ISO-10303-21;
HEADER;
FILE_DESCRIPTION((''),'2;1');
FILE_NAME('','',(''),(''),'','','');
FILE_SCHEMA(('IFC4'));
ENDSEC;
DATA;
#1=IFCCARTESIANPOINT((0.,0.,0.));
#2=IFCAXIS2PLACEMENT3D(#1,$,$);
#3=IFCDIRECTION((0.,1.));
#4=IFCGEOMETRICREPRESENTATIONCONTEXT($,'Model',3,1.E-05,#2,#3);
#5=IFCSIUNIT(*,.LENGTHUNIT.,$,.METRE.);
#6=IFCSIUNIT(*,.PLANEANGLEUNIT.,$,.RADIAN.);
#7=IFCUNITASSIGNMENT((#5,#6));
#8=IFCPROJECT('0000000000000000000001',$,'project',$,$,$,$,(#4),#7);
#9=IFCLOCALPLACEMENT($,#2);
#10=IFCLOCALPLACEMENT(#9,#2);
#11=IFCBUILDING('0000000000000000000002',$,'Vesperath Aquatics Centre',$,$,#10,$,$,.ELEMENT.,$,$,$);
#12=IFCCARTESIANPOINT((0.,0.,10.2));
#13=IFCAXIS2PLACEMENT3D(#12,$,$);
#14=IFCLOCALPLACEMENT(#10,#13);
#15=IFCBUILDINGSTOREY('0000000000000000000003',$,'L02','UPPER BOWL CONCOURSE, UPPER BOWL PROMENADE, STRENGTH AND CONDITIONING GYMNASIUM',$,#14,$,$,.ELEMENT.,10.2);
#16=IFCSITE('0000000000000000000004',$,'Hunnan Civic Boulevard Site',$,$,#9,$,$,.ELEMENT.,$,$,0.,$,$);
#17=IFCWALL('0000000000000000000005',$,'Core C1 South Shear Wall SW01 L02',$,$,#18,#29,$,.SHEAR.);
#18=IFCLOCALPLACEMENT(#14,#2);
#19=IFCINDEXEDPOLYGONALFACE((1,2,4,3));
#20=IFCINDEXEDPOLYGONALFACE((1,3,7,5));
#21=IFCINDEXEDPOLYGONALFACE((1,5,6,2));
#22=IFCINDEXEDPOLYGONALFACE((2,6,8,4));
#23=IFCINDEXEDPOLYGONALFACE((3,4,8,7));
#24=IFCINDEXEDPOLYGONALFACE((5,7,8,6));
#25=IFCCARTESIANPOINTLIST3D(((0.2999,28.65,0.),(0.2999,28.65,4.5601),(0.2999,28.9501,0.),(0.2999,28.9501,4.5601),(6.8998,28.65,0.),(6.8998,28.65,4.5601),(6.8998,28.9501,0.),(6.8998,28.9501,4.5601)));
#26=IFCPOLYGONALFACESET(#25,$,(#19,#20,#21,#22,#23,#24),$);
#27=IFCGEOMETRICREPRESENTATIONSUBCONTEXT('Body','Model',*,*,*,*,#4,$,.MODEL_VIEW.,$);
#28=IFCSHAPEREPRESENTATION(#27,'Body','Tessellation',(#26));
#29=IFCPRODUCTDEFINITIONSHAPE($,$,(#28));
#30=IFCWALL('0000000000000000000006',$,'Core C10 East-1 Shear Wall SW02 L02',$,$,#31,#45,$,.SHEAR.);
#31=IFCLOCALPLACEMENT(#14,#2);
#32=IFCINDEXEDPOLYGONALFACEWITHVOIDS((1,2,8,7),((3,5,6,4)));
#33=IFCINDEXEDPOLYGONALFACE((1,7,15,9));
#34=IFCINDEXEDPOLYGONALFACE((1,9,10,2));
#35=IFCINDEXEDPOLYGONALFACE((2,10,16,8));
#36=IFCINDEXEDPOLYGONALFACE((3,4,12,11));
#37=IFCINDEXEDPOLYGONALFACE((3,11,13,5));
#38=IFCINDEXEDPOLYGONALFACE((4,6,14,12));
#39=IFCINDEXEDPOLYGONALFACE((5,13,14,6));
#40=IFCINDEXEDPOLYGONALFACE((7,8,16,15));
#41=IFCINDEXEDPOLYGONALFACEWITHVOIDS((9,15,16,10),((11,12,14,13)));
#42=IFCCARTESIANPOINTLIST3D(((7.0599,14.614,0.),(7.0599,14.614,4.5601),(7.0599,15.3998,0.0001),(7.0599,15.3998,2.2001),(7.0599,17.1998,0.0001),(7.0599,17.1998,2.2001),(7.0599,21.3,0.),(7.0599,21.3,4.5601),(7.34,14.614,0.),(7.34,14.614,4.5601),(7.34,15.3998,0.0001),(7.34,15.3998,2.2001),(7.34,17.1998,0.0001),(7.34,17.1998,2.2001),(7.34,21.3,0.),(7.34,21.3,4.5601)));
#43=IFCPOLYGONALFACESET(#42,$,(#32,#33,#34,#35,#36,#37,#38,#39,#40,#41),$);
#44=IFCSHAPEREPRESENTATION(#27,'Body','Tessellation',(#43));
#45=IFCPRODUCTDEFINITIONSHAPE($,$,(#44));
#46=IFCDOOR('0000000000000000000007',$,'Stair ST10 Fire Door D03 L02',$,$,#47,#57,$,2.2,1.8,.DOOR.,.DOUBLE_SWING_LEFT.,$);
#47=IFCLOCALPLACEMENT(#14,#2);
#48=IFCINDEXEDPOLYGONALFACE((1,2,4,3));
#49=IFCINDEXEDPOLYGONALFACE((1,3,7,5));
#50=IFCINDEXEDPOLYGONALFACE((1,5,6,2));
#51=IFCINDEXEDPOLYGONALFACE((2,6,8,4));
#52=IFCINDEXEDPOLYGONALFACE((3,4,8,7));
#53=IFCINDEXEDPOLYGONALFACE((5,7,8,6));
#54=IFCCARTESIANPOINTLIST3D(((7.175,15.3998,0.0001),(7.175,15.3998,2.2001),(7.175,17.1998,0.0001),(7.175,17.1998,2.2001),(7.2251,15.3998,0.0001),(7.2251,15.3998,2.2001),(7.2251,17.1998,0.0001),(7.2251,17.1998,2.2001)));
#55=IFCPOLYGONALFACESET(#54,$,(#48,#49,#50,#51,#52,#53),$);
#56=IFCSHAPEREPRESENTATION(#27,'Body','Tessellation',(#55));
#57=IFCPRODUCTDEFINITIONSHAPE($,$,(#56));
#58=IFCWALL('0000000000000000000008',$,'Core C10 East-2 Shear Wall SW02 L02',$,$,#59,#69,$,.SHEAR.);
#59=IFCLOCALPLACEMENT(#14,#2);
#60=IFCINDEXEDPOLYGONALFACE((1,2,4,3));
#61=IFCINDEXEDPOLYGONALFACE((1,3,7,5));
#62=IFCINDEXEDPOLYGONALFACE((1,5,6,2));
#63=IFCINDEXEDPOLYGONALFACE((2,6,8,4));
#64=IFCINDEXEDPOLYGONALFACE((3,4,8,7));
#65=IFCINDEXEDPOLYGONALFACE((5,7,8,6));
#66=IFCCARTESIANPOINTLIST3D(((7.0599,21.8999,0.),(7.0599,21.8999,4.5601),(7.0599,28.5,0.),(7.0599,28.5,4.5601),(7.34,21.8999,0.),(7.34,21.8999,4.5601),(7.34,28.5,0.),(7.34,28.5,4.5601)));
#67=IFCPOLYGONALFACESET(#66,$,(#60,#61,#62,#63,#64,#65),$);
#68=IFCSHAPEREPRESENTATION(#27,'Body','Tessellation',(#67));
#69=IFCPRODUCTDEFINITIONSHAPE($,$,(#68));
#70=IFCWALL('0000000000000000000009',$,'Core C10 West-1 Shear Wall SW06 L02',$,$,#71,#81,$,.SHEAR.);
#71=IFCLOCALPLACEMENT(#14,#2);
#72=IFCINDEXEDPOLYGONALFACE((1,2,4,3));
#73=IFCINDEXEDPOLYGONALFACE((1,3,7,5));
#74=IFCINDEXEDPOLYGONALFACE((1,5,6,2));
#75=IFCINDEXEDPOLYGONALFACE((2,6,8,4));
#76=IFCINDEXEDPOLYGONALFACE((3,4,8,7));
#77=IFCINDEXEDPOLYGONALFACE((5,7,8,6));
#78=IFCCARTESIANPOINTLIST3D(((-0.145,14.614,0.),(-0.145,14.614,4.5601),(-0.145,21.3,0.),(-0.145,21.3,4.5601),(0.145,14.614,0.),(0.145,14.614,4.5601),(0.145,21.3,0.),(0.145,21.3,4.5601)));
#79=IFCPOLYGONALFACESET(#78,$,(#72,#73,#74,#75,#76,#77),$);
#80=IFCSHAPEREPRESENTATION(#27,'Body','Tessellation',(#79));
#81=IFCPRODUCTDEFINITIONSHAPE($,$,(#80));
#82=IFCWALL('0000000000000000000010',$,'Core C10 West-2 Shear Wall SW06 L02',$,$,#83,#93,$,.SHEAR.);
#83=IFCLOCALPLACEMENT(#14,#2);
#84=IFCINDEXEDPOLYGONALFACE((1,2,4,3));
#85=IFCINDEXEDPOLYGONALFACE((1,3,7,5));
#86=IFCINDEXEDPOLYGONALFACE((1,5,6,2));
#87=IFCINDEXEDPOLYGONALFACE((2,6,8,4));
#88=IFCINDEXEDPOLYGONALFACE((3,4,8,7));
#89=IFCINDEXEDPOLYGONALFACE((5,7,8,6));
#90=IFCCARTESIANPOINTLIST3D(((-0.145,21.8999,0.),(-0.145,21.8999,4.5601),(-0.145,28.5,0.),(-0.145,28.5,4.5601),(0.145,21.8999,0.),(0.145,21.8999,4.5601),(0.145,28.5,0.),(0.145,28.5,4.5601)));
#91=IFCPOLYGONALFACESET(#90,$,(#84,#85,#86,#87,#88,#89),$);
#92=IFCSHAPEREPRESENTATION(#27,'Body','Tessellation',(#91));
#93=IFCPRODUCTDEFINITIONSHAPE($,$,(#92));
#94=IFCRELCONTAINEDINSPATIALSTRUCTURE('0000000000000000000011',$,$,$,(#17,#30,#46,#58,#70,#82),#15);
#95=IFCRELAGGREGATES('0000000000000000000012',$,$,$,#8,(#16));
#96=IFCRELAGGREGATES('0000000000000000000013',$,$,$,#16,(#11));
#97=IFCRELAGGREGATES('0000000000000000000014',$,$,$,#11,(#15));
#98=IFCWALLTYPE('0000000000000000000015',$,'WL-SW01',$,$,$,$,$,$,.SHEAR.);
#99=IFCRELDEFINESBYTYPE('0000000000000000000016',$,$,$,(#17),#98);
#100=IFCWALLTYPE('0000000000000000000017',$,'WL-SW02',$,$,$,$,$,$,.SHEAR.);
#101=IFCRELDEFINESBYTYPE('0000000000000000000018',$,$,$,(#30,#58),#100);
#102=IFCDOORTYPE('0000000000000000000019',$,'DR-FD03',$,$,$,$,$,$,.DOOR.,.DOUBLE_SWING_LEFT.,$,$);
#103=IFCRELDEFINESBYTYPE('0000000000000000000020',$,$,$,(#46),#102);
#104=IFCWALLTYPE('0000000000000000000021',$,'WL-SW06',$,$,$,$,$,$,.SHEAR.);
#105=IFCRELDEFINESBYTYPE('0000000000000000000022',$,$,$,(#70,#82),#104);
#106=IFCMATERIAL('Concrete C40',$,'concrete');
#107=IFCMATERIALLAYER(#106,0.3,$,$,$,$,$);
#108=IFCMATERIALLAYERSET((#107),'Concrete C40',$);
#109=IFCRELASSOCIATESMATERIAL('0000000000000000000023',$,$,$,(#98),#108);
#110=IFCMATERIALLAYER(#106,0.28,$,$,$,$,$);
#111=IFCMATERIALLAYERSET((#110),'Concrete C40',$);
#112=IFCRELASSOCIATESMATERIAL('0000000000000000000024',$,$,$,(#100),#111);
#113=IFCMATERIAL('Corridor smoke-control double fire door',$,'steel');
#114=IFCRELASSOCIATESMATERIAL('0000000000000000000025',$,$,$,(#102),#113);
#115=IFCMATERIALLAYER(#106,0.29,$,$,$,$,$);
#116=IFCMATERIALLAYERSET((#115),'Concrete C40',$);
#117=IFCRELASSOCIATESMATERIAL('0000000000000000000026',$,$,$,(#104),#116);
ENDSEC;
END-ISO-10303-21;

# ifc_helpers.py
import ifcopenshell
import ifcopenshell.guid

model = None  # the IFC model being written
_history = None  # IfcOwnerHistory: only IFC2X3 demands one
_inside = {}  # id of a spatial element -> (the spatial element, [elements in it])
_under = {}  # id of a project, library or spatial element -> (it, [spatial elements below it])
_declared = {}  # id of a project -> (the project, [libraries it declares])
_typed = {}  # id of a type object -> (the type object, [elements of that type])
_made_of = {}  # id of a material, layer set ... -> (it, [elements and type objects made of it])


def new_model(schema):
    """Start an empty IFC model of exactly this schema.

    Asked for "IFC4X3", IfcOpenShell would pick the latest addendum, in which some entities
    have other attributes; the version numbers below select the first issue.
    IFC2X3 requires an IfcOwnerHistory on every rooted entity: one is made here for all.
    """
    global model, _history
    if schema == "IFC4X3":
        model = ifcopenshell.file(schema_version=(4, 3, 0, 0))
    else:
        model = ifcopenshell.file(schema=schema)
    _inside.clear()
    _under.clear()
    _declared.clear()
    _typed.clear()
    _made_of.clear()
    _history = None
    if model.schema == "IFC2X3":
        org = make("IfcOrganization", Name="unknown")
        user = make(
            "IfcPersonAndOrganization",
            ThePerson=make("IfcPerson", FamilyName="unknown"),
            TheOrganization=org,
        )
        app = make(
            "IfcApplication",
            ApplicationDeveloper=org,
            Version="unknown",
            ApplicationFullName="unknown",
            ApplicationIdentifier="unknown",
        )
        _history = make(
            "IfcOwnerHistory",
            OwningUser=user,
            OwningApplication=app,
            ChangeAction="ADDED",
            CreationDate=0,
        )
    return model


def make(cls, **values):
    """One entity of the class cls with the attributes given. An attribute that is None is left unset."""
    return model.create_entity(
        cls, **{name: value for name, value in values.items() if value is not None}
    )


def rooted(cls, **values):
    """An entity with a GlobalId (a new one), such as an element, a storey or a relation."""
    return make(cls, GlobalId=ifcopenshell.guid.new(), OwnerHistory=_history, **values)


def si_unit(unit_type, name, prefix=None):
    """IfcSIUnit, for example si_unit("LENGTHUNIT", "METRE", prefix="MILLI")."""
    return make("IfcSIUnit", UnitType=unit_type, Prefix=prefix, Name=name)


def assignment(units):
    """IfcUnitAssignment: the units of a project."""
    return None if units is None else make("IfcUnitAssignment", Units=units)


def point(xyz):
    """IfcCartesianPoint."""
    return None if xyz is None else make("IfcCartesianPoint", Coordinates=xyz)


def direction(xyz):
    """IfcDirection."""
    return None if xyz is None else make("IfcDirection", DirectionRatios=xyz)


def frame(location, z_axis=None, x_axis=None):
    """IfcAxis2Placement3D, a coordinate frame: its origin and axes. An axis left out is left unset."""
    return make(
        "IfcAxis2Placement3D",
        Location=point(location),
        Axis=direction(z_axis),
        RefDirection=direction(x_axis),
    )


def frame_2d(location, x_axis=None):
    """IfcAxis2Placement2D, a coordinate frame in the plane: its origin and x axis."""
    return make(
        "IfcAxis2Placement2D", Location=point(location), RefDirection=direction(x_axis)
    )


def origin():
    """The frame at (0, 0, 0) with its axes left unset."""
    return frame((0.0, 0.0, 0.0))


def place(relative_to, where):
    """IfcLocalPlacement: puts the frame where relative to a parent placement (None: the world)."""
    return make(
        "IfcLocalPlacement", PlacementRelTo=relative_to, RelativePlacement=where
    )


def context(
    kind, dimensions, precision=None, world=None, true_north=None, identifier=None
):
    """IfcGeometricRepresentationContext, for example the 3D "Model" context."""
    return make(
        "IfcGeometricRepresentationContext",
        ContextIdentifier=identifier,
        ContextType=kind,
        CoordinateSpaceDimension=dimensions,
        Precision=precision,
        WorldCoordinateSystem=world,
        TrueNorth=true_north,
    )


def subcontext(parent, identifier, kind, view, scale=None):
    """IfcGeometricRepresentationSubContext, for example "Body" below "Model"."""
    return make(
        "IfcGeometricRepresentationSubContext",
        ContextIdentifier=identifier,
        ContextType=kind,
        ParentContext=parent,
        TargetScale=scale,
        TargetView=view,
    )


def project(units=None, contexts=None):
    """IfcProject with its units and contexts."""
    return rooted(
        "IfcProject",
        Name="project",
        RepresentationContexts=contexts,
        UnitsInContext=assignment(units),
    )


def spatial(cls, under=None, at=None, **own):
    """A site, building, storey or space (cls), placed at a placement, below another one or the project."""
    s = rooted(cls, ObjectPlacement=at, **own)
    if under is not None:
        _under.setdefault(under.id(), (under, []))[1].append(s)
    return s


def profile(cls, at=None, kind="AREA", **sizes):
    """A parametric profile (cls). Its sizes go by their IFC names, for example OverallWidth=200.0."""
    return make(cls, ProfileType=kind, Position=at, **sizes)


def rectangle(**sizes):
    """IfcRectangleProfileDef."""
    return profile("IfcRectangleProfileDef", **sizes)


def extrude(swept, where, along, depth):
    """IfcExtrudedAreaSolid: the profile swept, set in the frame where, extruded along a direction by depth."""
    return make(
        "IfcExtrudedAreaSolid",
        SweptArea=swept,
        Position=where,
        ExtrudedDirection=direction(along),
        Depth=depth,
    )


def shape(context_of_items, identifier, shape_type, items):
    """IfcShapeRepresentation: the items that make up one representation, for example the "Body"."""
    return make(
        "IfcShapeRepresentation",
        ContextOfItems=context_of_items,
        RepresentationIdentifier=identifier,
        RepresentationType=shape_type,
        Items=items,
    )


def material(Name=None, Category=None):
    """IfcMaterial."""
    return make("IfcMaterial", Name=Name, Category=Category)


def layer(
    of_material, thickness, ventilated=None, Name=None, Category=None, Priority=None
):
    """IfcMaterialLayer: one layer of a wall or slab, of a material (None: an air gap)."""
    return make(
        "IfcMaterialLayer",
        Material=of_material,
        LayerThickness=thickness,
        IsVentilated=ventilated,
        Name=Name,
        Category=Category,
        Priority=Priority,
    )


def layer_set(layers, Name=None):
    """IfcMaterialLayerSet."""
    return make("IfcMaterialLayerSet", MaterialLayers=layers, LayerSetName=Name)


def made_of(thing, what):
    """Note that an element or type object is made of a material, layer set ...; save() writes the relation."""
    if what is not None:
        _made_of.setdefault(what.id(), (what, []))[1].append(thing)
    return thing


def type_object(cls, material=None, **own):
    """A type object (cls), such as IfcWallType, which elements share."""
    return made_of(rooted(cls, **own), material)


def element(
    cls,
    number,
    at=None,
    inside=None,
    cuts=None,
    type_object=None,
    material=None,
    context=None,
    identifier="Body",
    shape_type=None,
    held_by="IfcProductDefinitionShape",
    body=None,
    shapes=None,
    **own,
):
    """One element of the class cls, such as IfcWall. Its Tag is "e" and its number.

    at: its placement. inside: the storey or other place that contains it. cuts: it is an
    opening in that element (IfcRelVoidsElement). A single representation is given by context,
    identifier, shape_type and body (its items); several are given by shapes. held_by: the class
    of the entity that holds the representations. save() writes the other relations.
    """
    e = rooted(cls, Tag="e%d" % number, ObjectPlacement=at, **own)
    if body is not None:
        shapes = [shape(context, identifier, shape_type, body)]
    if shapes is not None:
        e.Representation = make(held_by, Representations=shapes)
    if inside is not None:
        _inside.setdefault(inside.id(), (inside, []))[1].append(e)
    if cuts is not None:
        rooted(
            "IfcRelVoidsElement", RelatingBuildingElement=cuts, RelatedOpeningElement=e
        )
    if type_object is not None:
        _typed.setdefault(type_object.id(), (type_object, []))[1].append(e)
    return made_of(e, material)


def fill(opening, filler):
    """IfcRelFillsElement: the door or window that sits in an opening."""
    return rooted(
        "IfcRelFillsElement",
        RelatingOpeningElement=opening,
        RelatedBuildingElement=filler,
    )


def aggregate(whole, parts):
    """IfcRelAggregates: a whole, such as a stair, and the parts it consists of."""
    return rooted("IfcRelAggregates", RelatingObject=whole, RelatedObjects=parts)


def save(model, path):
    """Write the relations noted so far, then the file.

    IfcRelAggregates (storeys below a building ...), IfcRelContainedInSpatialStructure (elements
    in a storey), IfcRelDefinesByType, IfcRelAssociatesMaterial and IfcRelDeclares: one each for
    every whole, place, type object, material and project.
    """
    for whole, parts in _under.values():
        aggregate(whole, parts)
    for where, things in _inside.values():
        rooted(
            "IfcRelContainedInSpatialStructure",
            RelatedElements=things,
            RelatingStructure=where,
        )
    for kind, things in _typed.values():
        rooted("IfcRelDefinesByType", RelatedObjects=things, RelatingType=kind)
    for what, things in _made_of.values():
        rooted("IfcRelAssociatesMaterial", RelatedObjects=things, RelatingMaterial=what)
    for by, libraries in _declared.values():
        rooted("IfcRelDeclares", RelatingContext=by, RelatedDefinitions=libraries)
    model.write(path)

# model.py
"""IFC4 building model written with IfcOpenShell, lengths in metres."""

from ifc_helpers import new_model, si_unit, direction, frame, frame_2d, origin, place, context, subcontext, project, spatial, rectangle, extrude, material, layer, layer_set, type_object, element, fill, save


model = new_model("IFC4")

# Units and contexts
model_context = context("Model", 3, precision=1e-05, world=origin(), true_north=direction((0.0, 1.0)))
body_context = subcontext(model_context, "Body", "Model", "MODEL_VIEW")
ifc_project = project(units=[si_unit("LENGTHUNIT", "METRE"), si_unit("PLANEANGLEUNIT", "RADIAN")], contexts=[model_context])

# Site, building, storey
site_placement = place(None, origin())
site = spatial("IfcSite", under=ifc_project, at=site_placement, Name="Hunnan Civic Boulevard Site", CompositionType="ELEMENT", RefElevation=0.0)
building_placement = place(site_placement, origin())
building = spatial("IfcBuilding", under=site, at=building_placement, Name="Vesperath Aquatics Centre", CompositionType="ELEMENT")
storey_placement = place(building_placement, frame((0.0, 0.0, 10.2)))
storey = spatial("IfcBuildingStorey", under=building, at=storey_placement, Name="L02", Description="UPPER BOWL CONCOURSE, UPPER BOWL PROMENADE, STRENGTH AND CONDITIONING GYMNASIUM", CompositionType="ELEMENT", Elevation=10.2)

# Shared definitions
ifc_material_1 = material(Name="Concrete C40", Category="concrete")

# Wall
ifc_layer_1 = layer(ifc_material_1, 0.3)
ifc_layer_set_1 = layer_set([ifc_layer_1], Name="Concrete C40")
wall_type_1 = type_object("IfcWallType", Name="WL-SW01", PredefinedType="SHEAR", material=ifc_layer_set_1)
wall_1_placement = place(storey_placement, frame((0.3, 28.8, 0.0), z_axis=(0.0, 0.0, 1.0), x_axis=(1.0, 0.0, 0.0)))
element("IfcWall", 1, at=wall_1_placement, inside=storey, type_object=wall_type_1, Name="Core C1 South Shear Wall SW01 L02", PredefinedType="SHEAR", context=body_context, shape_type="SweptSolid", body=[
    extrude(rectangle(XDim=6.5999, YDim=0.3, at=frame_2d((3.2998, 0.0))), origin(), (0.0, 0.0, 1.0), 4.5601),
])

# Wall, opening, door
ifc_layer_2 = layer(ifc_material_1, 0.28)
ifc_layer_set_2 = layer_set([ifc_layer_2], Name="Concrete C40")
wall_type_2 = type_object("IfcWallType", Name="WL-SW02", PredefinedType="SHEAR", material=ifc_layer_set_2)
wall_2_placement = place(storey_placement, frame((7.2, 14.614, 0.0), z_axis=(0.0, 0.0, 1.0), x_axis=(0.0, 1.0, 0.0)))
wall_2 = element("IfcWall", 2, at=wall_2_placement, inside=storey, type_object=wall_type_2, Name="Core C10 East-1 Shear Wall SW02 L02", PredefinedType="SHEAR", context=body_context, shape_type="SweptSolid", body=[
    extrude(rectangle(XDim=6.686, YDim=0.28, at=frame_2d((3.343, 0.0))), origin(), (0.0, 0.0, 1.0), 4.5601),
])
opening_placement = place(wall_2_placement, frame((0.7859, 0.0, 0.0)))
opening = element("IfcOpeningElement", 3, at=opening_placement, cuts=wall_2, PredefinedType="OPENING", context=body_context, shape_type="SweptSolid", body=[
    extrude(rectangle(XDim=1.8, YDim=2.2, at=frame_2d((0.8999, 1.1001))), frame((0.0, 0.1548, 0.0), z_axis=(0.0, -1.0, 0.0), x_axis=(1.0, 0.0, 0.0)), (0.0, 0.0, 1.0), 0.3098),
])
ifc_material_2 = material(Name="Corridor smoke-control double fire door", Category="steel")
door_type = type_object("IfcDoorType", Name="DR-FD03", OperationType="DOUBLE_SWING_LEFT", PredefinedType="DOOR", material=ifc_material_2)
door_placement = place(opening_placement, origin())
door = element("IfcDoor", 4, at=door_placement, inside=storey, type_object=door_type, Name="Stair ST10 Fire Door D03 L02", OperationType="DOUBLE_SWING_LEFT", OverallHeight=2.2, OverallWidth=1.8, PredefinedType="DOOR", context=body_context, shape_type="SweptSolid", body=[
    extrude(rectangle(XDim=1.8, YDim=2.2, at=frame_2d((0.8999, 1.1001))), frame((0.0, 0.0249, 0.0), z_axis=(0.0, -1.0, 0.0), x_axis=(1.0, 0.0, 0.0)), (0.0, 0.0, 1.0), 0.05),
])
fill(opening, door)

# Walls
wall_3_placement = place(storey_placement, frame((7.2, 21.8999, 0.0), z_axis=(0.0, 0.0, 1.0), x_axis=(0.0, 1.0, 0.0)))
element("IfcWall", 5, at=wall_3_placement, inside=storey, type_object=wall_type_2, Name="Core C10 East-2 Shear Wall SW02 L02", PredefinedType="SHEAR", context=body_context, shape_type="SweptSolid", body=[
    extrude(rectangle(XDim=6.6001, YDim=0.28, at=frame_2d((3.3, 0.0))), origin(), (0.0, 0.0, 1.0), 4.5601),
])
ifc_layer_3 = layer(ifc_material_1, 0.29)
ifc_layer_set_3 = layer_set([ifc_layer_3], Name="Concrete C40")
wall_type_3 = type_object("IfcWallType", Name="WL-SW06", PredefinedType="SHEAR", material=ifc_layer_set_3)
wall_4_placement = place(storey_placement, frame((0.0, 14.614, 0.0), z_axis=(0.0, 0.0, 1.0), x_axis=(0.0, 1.0, 0.0)))
element("IfcWall", 6, at=wall_4_placement, inside=storey, type_object=wall_type_3, Name="Core C10 West-1 Shear Wall SW06 L02", PredefinedType="SHEAR", context=body_context, shape_type="SweptSolid", body=[
    extrude(rectangle(XDim=6.686, YDim=0.29, at=frame_2d((3.343, 0.0))), origin(), (0.0, 0.0, 1.0), 4.5601),
])
wall_5_placement = place(storey_placement, frame((0.0, 21.8999, 0.0), z_axis=(0.0, 0.0, 1.0), x_axis=(0.0, 1.0, 0.0)))
element("IfcWall", 7, at=wall_5_placement, inside=storey, type_object=wall_type_3, Name="Core C10 West-2 Shear Wall SW06 L02", PredefinedType="SHEAR", context=body_context, shape_type="SweptSolid", body=[
    extrude(rectangle(XDim=6.6001, YDim=0.29, at=frame_2d((3.3, 0.0))), origin(), (0.0, 0.0, 1.0), 4.5601),
])

save(model, "model.ifc")
